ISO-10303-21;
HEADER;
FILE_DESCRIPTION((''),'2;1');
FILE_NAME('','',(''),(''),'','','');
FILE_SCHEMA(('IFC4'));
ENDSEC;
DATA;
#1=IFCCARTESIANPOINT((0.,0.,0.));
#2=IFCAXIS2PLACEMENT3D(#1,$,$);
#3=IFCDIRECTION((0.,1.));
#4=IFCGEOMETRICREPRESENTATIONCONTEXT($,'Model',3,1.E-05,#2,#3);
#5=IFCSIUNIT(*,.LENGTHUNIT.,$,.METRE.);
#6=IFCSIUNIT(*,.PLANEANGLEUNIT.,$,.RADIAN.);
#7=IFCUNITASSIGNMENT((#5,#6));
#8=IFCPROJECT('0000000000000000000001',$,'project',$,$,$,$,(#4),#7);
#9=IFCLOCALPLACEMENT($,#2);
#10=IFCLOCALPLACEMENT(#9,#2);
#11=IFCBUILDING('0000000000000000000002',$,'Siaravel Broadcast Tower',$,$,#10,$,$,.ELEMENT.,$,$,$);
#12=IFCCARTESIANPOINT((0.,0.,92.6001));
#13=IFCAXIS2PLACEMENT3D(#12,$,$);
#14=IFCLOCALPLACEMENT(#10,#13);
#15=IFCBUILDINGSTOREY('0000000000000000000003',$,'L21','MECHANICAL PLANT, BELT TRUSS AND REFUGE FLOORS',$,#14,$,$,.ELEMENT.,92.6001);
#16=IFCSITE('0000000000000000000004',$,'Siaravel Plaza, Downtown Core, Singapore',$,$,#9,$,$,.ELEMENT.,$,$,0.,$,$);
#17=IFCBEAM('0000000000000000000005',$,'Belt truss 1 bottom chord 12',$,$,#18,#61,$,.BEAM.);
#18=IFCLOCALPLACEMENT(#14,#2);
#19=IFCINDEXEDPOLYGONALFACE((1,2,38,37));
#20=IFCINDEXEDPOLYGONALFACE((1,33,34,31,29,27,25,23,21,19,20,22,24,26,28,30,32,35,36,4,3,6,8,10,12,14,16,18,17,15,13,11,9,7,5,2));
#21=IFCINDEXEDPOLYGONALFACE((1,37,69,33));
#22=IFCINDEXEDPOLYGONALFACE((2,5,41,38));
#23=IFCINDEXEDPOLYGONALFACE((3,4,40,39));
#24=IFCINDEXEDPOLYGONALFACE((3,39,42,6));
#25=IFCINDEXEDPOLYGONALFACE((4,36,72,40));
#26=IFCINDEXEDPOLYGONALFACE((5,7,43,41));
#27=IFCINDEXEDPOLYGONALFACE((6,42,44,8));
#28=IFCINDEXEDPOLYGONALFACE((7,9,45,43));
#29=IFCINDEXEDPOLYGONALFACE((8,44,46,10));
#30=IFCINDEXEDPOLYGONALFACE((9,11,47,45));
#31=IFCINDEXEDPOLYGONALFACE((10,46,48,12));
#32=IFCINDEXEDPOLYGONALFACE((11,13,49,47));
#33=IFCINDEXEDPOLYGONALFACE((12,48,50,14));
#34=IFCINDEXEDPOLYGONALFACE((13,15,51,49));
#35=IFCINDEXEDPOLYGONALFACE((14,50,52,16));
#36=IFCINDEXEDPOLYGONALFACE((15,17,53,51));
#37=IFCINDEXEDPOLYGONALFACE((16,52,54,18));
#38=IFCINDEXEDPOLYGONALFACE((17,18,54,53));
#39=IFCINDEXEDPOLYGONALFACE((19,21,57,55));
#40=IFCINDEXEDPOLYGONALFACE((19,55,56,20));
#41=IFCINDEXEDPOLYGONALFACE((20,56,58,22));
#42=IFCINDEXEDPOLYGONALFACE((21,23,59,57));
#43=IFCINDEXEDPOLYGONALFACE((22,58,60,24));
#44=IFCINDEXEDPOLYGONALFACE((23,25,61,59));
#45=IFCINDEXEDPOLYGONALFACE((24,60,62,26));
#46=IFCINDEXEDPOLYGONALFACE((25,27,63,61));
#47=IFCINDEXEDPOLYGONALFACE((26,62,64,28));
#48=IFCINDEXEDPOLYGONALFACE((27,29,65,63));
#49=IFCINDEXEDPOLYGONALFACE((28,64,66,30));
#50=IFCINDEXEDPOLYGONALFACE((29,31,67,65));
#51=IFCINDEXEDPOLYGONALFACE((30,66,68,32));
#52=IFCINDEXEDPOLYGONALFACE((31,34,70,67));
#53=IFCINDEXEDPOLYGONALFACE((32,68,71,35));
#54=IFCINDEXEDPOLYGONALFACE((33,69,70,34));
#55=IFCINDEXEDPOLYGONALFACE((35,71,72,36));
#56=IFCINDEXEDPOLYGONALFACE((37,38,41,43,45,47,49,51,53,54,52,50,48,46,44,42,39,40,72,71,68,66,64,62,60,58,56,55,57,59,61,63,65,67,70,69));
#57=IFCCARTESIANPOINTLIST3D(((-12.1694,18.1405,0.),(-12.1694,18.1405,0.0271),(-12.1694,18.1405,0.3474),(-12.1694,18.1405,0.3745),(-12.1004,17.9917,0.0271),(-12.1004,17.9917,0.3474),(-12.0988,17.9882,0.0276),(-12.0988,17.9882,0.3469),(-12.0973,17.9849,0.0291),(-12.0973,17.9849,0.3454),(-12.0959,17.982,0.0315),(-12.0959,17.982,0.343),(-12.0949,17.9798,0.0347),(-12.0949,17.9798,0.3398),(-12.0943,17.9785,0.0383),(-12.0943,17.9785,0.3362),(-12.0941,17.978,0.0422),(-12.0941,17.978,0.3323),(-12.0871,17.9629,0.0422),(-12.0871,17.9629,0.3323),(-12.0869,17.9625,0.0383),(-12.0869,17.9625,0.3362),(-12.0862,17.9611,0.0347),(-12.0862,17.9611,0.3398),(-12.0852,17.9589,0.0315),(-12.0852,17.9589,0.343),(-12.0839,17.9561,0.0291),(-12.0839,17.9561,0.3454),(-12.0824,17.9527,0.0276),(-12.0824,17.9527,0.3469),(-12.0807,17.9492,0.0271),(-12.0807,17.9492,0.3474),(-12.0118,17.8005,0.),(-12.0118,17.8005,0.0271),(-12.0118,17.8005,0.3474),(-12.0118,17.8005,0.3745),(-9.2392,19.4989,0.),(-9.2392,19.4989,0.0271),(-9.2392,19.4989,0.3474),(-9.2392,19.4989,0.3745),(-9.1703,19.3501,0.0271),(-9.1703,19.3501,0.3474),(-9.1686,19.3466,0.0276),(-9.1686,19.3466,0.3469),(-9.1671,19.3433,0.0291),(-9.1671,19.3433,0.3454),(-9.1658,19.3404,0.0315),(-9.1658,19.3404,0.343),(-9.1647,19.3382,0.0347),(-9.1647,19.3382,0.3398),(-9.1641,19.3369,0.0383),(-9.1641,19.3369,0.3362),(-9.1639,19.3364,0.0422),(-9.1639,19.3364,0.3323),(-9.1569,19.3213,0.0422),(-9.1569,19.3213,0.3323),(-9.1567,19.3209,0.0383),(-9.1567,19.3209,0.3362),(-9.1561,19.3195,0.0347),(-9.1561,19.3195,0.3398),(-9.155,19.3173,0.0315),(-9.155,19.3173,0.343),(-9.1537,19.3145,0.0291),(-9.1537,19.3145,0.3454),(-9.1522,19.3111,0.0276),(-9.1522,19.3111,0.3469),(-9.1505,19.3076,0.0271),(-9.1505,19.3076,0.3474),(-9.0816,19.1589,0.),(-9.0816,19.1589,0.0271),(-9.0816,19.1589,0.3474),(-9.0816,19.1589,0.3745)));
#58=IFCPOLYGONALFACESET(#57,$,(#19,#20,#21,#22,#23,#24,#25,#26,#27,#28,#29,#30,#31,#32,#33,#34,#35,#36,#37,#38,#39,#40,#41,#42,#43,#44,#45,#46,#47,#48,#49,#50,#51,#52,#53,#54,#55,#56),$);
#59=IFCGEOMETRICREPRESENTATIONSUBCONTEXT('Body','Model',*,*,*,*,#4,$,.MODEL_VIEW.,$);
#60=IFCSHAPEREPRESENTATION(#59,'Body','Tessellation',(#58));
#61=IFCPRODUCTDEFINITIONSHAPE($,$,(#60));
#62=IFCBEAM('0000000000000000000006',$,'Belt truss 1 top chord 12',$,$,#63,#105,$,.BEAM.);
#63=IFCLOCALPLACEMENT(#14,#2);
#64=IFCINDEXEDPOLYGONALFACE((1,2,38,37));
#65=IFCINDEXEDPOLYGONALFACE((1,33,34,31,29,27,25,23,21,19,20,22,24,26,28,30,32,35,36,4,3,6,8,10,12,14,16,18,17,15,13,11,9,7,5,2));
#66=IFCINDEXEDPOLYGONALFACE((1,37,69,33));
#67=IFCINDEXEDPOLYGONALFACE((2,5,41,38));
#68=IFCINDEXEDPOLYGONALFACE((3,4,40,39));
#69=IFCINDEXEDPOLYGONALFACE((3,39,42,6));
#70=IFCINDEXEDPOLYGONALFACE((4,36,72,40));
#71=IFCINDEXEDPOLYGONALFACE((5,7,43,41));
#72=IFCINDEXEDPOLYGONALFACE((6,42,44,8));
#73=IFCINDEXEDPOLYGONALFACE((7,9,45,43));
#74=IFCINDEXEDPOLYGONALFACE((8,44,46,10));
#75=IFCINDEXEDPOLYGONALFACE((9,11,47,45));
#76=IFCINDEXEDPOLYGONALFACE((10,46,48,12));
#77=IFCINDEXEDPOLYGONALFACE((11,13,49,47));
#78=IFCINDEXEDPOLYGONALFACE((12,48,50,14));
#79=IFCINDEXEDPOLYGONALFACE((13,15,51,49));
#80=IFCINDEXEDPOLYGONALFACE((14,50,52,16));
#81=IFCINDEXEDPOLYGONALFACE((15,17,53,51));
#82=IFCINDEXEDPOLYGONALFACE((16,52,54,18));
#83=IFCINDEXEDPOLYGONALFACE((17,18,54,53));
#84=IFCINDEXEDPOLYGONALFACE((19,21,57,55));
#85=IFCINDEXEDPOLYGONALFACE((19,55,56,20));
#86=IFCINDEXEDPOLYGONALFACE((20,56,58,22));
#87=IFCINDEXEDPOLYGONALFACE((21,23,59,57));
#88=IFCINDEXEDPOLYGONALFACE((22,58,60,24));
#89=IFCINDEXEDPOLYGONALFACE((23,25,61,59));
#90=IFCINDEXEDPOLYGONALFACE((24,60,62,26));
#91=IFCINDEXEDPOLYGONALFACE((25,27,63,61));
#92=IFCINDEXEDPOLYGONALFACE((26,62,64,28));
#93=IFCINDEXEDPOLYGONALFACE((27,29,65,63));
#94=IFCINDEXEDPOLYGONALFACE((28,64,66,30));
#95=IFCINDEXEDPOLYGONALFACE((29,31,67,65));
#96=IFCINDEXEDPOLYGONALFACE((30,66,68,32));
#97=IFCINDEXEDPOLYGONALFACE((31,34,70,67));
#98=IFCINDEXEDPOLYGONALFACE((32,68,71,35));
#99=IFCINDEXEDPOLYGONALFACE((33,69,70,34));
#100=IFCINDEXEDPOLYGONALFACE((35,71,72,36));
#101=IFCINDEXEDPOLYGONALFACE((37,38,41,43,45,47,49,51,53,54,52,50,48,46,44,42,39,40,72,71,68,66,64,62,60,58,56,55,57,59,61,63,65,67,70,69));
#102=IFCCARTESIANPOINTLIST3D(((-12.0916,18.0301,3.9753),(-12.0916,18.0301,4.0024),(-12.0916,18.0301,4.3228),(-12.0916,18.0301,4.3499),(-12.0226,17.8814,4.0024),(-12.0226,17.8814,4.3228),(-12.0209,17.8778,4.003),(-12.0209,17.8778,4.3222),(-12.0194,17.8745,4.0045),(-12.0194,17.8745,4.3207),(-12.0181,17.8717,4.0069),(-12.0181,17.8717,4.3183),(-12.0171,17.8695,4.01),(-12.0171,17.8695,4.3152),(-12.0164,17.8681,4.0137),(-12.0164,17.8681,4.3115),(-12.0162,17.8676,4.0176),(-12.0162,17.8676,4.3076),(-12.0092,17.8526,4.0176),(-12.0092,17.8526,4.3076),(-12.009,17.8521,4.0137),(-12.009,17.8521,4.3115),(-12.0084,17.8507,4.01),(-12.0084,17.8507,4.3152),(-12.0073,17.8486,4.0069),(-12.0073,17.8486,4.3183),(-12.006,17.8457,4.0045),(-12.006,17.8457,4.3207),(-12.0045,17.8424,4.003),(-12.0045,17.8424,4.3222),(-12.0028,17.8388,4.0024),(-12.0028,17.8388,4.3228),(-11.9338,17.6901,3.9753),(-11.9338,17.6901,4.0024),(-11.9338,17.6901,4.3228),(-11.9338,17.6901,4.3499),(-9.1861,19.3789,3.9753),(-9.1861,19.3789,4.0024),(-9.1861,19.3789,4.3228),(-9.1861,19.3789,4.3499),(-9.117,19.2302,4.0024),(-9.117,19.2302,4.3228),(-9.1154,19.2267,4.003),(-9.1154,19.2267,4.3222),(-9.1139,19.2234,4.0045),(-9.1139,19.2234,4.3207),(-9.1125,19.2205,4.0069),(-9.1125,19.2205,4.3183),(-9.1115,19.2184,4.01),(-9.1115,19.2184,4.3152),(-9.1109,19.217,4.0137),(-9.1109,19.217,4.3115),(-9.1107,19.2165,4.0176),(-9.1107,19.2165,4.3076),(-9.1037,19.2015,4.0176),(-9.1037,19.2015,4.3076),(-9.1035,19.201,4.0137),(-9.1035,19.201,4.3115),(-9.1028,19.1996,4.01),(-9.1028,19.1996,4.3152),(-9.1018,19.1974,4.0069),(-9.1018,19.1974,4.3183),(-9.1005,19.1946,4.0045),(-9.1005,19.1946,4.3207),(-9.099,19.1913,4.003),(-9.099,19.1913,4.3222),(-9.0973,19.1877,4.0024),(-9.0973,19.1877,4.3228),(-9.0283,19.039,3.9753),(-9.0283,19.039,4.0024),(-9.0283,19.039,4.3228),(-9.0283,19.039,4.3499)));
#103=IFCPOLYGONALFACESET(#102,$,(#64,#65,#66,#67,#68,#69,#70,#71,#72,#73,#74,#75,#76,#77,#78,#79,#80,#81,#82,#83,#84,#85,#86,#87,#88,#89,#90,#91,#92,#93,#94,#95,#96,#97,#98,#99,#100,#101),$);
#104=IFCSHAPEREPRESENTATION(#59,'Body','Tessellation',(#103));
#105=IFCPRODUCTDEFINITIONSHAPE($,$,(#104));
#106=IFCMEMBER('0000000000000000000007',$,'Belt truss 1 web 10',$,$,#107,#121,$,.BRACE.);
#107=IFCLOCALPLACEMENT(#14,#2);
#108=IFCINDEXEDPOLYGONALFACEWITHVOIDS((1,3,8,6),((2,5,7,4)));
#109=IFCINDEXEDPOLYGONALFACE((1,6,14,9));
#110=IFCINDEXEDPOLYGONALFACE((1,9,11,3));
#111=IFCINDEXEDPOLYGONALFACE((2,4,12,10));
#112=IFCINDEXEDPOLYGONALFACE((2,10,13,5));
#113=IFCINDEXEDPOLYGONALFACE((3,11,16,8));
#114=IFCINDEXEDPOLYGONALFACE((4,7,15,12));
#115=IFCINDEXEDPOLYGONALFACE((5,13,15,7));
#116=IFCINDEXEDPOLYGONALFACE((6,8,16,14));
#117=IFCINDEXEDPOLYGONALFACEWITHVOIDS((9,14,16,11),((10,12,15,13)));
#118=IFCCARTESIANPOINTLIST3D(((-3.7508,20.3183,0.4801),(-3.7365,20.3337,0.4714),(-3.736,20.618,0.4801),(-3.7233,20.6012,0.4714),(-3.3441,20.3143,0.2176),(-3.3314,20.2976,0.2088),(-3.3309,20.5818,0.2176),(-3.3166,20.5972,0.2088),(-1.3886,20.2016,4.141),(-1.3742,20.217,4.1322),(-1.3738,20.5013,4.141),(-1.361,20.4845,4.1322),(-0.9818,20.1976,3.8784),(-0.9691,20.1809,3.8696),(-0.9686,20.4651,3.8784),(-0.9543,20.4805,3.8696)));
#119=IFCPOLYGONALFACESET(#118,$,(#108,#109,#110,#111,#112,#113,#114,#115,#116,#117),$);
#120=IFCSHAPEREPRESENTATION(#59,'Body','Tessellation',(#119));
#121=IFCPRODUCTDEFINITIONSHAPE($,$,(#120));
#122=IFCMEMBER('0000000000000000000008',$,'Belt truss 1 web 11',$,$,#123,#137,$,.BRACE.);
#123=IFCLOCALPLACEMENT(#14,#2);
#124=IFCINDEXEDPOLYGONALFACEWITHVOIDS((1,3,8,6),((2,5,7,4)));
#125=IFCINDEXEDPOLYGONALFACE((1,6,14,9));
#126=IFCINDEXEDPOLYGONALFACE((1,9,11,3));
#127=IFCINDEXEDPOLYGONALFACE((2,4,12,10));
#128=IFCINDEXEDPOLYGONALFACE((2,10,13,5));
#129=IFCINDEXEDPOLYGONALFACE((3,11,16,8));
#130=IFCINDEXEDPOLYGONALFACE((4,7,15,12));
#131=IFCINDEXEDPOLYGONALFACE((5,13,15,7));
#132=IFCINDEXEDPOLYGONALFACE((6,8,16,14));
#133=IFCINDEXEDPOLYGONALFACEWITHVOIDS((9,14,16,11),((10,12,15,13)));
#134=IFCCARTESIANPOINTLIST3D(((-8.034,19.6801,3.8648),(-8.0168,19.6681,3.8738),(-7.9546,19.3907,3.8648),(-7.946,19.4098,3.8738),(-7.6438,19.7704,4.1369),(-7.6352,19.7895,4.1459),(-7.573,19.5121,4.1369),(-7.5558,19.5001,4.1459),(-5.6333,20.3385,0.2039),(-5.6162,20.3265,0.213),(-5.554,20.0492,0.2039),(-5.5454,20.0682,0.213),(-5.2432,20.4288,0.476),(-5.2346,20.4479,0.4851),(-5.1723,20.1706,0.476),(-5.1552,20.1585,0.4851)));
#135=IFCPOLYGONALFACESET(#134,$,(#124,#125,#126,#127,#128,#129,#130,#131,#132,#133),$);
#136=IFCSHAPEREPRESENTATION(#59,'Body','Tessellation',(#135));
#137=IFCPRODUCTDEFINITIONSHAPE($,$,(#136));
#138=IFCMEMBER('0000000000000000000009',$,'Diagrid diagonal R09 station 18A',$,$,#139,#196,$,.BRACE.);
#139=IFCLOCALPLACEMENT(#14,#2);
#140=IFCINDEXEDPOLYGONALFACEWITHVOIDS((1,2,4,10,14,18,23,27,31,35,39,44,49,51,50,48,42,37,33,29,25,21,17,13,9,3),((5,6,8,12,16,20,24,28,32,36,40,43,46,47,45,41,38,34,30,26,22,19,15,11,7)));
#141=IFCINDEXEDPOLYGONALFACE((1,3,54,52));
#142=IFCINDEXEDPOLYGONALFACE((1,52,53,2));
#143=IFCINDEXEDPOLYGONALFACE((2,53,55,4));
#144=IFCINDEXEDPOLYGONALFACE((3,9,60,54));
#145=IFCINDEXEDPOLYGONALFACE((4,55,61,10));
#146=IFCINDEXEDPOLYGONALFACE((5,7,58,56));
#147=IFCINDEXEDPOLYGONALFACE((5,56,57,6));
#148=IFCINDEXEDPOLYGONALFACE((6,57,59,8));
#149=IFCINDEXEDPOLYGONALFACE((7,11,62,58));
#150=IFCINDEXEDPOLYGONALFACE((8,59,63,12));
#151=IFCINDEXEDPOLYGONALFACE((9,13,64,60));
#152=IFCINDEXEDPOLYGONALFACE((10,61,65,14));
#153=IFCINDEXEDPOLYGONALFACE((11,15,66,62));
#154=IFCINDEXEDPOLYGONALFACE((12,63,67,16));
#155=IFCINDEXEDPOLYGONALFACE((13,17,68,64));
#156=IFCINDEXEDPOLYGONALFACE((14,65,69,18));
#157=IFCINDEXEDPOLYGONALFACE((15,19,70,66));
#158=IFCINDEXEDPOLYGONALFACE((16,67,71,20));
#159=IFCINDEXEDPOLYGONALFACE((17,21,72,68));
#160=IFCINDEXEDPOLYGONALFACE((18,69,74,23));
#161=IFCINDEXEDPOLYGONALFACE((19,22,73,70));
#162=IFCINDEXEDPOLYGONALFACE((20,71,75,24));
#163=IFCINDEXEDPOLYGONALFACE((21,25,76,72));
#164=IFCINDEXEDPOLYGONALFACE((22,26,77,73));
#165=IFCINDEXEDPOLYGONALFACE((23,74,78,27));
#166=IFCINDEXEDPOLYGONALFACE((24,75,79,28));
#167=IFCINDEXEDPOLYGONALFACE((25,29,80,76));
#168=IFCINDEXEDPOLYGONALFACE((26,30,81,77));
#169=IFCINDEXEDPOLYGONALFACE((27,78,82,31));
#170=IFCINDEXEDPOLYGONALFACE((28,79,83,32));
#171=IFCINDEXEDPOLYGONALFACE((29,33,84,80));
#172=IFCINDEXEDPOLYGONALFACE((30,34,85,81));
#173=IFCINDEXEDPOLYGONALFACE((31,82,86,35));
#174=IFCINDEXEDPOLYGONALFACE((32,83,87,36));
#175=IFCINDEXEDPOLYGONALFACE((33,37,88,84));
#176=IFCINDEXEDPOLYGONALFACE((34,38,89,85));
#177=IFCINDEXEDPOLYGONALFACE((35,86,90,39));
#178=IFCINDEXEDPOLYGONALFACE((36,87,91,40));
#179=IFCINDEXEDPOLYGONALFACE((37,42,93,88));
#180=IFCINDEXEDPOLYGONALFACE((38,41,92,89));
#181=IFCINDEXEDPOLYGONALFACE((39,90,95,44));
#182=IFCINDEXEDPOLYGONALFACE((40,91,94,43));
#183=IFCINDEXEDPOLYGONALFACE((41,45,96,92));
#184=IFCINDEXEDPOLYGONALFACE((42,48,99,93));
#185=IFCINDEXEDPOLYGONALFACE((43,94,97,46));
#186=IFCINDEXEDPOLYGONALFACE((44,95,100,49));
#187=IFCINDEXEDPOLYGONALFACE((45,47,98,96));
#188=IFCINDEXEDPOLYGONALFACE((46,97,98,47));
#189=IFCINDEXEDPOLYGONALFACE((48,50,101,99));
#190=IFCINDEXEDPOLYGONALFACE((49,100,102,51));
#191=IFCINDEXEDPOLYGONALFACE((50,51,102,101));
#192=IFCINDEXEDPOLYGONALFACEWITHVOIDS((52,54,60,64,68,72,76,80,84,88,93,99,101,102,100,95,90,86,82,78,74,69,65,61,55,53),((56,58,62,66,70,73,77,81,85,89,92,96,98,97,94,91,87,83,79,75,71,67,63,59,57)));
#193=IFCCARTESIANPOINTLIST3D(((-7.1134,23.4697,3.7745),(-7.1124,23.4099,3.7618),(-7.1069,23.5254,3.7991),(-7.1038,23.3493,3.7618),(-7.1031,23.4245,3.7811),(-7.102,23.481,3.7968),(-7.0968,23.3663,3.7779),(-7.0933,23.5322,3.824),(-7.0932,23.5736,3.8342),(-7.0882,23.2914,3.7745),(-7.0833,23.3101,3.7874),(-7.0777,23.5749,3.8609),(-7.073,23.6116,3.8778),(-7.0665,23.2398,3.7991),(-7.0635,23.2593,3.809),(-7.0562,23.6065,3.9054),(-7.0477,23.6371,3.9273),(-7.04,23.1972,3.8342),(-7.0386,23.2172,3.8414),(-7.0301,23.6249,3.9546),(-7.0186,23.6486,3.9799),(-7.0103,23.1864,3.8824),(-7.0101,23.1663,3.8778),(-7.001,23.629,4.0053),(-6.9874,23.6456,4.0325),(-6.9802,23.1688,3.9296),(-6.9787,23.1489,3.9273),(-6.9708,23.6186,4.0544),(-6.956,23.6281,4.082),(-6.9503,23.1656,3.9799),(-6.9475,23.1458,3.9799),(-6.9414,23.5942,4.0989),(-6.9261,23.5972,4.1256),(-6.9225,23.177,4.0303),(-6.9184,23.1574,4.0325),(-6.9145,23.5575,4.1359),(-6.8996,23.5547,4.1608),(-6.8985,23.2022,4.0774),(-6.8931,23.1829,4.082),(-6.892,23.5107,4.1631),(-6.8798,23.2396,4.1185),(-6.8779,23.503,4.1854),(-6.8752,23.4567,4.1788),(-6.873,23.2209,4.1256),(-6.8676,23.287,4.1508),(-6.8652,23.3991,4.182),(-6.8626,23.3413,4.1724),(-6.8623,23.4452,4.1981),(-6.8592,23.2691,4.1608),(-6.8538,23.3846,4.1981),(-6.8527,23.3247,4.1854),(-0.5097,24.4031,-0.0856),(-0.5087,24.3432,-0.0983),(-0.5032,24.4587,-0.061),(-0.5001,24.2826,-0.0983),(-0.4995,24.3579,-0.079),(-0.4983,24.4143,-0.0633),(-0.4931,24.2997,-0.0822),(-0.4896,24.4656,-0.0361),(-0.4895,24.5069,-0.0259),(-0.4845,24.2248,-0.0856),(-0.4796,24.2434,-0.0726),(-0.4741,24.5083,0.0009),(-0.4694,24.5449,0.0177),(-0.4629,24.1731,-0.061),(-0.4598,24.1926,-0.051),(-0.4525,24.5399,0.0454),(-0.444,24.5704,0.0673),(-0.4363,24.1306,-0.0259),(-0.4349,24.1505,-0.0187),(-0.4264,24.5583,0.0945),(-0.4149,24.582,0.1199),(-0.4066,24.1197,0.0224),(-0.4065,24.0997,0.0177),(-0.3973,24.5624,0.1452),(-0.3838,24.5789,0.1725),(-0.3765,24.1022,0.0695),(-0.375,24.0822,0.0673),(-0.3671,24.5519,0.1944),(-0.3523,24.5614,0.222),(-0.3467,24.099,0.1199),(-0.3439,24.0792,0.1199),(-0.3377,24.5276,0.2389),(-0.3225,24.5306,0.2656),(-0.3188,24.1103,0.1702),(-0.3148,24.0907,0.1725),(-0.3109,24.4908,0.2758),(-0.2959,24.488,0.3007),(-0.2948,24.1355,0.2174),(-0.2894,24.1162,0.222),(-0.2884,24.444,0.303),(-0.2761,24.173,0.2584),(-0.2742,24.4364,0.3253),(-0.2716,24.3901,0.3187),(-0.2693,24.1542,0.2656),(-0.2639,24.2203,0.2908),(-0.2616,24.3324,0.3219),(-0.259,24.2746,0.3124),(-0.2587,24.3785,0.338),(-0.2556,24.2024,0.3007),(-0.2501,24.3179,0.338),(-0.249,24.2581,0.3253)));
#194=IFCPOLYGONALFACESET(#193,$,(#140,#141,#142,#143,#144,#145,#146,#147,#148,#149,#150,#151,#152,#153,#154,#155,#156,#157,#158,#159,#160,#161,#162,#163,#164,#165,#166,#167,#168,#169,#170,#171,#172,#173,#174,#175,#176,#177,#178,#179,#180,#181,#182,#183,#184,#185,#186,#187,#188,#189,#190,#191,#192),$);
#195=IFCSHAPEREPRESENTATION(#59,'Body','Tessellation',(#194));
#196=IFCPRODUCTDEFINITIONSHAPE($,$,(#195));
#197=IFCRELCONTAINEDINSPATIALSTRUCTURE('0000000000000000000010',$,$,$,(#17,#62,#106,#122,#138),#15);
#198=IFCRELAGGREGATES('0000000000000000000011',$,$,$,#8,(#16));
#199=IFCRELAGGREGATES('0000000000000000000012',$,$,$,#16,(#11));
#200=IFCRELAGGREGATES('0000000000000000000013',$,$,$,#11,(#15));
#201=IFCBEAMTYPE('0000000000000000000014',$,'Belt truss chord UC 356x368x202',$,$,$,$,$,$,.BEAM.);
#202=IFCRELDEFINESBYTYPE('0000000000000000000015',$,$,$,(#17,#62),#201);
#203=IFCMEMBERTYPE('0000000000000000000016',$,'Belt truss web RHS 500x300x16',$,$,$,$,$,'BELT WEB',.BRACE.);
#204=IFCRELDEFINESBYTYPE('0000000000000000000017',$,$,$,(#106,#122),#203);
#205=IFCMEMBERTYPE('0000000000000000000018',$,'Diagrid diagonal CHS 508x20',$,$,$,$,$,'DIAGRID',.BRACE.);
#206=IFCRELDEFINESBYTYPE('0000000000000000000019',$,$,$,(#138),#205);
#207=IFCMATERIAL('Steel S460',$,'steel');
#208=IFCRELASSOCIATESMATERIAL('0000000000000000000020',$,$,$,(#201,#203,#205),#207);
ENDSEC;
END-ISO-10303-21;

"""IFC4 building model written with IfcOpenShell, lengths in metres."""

from ifc_helpers import new_model, si_unit, direction, frame, origin, origin_2d, place, context, subcontext, project, spatial, hollow_rectangle, hollow_circle, i_section, extrude, material, material_profile, profile_set, type_object, element, save


model = new_model("IFC4")

# Units and contexts
model_context = context("Model", 3, precision=1e-05, world=origin(), true_north=direction((0.0, 1.0)))
body_context = subcontext(model_context, "Body", "Model", "MODEL_VIEW")
ifc_project = project(units=[si_unit("LENGTHUNIT", "METRE"), si_unit("PLANEANGLEUNIT", "RADIAN")], contexts=[model_context])

# Site, building, storey
site_placement = place(None, origin())
site = spatial("IfcSite", under=ifc_project, at=site_placement, Name="Siaravel Plaza, Downtown Core, Singapore", CompositionType="ELEMENT", RefElevation=0.0)
building_placement = place(site_placement, origin())
building = spatial("IfcBuilding", under=site, at=building_placement, Name="Siaravel Broadcast Tower", CompositionType="ELEMENT")
storey_placement = place(building_placement, frame((0.0, 0.0, 92.6001)))
storey = spatial("IfcBuildingStorey", under=building, at=storey_placement, Name="L21", Description="MECHANICAL PLANT, BELT TRUSS AND REFUGE FLOORS", CompositionType="ELEMENT", Elevation=92.6001)

# Beams
ifc_material_1 = material(Name="Steel S460", Category="steel")
ifc_material_profile_1 = material_profile(ifc_material_1, i_section(OverallWidth=0.3748, OverallDepth=0.3745, WebThickness=0.0166, FlangeThickness=0.0271, FilletRadius=0.0151, at=origin_2d()))
ifc_profile_set_1 = profile_set([ifc_material_profile_1], Name="Steel S460")
beam_type_1 = type_object("IfcBeamType", Name="Belt truss chord UC 356x368x202", PredefinedType="BEAM", material=ifc_profile_set_1)
beam_1_placement = place(storey_placement, frame((-9.1604, 19.3289, 0.1873), z_axis=(-0.90725, -0.420592, 0.0), x_axis=(0.420592, -0.90725, 0.0)))
element("IfcBeam", 1, at=beam_1_placement, inside=storey, type_object=beam_type_1, Name="Belt truss 1 bottom chord 12", PredefinedType="BEAM", context=body_context, shape_type="SweptSolid", body=[
    extrude(i_section(OverallWidth=0.3748, OverallDepth=0.3745, WebThickness=0.0166, FlangeThickness=0.0271, FilletRadius=0.0151, at=origin_2d()), origin(), (0.0, 0.0, 1.0), 3.2297),
])
beam_2_placement = place(storey_placement, frame((-9.1072, 19.209, 4.1626), z_axis=(-0.907022, -0.421082, 0.0), x_axis=(0.421082, -0.907022, 0.0)))
element("IfcBeam", 2, at=beam_2_placement, inside=storey, type_object=beam_type_1, Name="Belt truss 1 top chord 12", PredefinedType="BEAM", context=body_context, shape_type="SweptSolid", body=[
    extrude(i_section(OverallWidth=0.3748, OverallDepth=0.3745, WebThickness=0.0166, FlangeThickness=0.0271, FilletRadius=0.0151, at=origin_2d()), origin(), (0.0, 0.0, 1.0), 3.2034),
])

# Members
ifc_material_profile_2 = material_profile(ifc_material_1, hollow_rectangle(XDim=0.3, YDim=0.5, WallThickness=0.0161, at=origin_2d()))
ifc_profile_set_2 = profile_set([ifc_material_profile_2], Name="Steel S460")
member_type_1 = type_object("IfcMemberType", Name="Belt truss web RHS 500x300x16", ElementType="BELT WEB", PredefinedType="BRACE", material=ifc_profile_set_2)
member_1_placement = place(storey_placement, frame((-3.5337, 20.4578, 0.3445), z_axis=(0.542004, -0.026775, 0.839949), x_axis=(0.04934, 0.998782, 0.0)))
element("IfcMember", 3, at=member_1_placement, inside=storey, type_object=member_type_1, Name="Belt truss 1 web 10", PredefinedType="BRACE", context=body_context, shape_type="SweptSolid", body=[
    extrude(hollow_rectangle(XDim=0.3, YDim=0.5, WallThickness=0.0161, at=origin_2d()), origin(), (0.0, 0.0, 1.0), 4.3584),
])
member_2_placement = place(storey_placement, frame((-5.3943, 20.2485, 0.3445), z_axis=(-0.542266, -0.148733, 0.826938), x_axis=(0.264511, -0.964383, 0.0)))
element("IfcMember", 4, at=member_2_placement, inside=storey, type_object=member_type_1, Name="Belt truss 1 web 11", PredefinedType="BRACE", context=body_context, shape_type="SweptSolid", body=[
    extrude(hollow_rectangle(XDim=0.3, YDim=0.5, WallThickness=0.0161, at=origin_2d()), origin(), (0.0, 0.0, 1.0), 4.427),
])
ifc_material_profile_3 = material_profile(ifc_material_1, hollow_circle(Radius=0.2539, WallThickness=0.02, at=origin_2d()))
ifc_profile_set_3 = profile_set([ifc_material_profile_3], Name="Steel S460")
member_type_2 = type_object("IfcMemberType", Name="Diagrid diagonal CHS 508x20", ElementType="DIAGRID", PredefinedType="BRACE", material=ifc_profile_set_3)
member_3_placement = place(storey_placement, frame((-0.3794, 24.3306, 0.1199), z_axis=(-0.856972, -0.121121, 0.500927), x_axis=(0.139945, -0.990159, 0.0)))
element("IfcMember", 5, at=member_3_placement, inside=storey, type_object=member_type_2, Name="Diagrid diagonal R09 station 18A", PredefinedType="BRACE", context=body_context, shape_type="SweptSolid", body=[
    extrude(hollow_circle(Radius=0.2539, WallThickness=0.02, at=origin_2d()), origin(), (0.0, 0.0, 1.0), 7.7058),
])

save(model, "model.ifc")
